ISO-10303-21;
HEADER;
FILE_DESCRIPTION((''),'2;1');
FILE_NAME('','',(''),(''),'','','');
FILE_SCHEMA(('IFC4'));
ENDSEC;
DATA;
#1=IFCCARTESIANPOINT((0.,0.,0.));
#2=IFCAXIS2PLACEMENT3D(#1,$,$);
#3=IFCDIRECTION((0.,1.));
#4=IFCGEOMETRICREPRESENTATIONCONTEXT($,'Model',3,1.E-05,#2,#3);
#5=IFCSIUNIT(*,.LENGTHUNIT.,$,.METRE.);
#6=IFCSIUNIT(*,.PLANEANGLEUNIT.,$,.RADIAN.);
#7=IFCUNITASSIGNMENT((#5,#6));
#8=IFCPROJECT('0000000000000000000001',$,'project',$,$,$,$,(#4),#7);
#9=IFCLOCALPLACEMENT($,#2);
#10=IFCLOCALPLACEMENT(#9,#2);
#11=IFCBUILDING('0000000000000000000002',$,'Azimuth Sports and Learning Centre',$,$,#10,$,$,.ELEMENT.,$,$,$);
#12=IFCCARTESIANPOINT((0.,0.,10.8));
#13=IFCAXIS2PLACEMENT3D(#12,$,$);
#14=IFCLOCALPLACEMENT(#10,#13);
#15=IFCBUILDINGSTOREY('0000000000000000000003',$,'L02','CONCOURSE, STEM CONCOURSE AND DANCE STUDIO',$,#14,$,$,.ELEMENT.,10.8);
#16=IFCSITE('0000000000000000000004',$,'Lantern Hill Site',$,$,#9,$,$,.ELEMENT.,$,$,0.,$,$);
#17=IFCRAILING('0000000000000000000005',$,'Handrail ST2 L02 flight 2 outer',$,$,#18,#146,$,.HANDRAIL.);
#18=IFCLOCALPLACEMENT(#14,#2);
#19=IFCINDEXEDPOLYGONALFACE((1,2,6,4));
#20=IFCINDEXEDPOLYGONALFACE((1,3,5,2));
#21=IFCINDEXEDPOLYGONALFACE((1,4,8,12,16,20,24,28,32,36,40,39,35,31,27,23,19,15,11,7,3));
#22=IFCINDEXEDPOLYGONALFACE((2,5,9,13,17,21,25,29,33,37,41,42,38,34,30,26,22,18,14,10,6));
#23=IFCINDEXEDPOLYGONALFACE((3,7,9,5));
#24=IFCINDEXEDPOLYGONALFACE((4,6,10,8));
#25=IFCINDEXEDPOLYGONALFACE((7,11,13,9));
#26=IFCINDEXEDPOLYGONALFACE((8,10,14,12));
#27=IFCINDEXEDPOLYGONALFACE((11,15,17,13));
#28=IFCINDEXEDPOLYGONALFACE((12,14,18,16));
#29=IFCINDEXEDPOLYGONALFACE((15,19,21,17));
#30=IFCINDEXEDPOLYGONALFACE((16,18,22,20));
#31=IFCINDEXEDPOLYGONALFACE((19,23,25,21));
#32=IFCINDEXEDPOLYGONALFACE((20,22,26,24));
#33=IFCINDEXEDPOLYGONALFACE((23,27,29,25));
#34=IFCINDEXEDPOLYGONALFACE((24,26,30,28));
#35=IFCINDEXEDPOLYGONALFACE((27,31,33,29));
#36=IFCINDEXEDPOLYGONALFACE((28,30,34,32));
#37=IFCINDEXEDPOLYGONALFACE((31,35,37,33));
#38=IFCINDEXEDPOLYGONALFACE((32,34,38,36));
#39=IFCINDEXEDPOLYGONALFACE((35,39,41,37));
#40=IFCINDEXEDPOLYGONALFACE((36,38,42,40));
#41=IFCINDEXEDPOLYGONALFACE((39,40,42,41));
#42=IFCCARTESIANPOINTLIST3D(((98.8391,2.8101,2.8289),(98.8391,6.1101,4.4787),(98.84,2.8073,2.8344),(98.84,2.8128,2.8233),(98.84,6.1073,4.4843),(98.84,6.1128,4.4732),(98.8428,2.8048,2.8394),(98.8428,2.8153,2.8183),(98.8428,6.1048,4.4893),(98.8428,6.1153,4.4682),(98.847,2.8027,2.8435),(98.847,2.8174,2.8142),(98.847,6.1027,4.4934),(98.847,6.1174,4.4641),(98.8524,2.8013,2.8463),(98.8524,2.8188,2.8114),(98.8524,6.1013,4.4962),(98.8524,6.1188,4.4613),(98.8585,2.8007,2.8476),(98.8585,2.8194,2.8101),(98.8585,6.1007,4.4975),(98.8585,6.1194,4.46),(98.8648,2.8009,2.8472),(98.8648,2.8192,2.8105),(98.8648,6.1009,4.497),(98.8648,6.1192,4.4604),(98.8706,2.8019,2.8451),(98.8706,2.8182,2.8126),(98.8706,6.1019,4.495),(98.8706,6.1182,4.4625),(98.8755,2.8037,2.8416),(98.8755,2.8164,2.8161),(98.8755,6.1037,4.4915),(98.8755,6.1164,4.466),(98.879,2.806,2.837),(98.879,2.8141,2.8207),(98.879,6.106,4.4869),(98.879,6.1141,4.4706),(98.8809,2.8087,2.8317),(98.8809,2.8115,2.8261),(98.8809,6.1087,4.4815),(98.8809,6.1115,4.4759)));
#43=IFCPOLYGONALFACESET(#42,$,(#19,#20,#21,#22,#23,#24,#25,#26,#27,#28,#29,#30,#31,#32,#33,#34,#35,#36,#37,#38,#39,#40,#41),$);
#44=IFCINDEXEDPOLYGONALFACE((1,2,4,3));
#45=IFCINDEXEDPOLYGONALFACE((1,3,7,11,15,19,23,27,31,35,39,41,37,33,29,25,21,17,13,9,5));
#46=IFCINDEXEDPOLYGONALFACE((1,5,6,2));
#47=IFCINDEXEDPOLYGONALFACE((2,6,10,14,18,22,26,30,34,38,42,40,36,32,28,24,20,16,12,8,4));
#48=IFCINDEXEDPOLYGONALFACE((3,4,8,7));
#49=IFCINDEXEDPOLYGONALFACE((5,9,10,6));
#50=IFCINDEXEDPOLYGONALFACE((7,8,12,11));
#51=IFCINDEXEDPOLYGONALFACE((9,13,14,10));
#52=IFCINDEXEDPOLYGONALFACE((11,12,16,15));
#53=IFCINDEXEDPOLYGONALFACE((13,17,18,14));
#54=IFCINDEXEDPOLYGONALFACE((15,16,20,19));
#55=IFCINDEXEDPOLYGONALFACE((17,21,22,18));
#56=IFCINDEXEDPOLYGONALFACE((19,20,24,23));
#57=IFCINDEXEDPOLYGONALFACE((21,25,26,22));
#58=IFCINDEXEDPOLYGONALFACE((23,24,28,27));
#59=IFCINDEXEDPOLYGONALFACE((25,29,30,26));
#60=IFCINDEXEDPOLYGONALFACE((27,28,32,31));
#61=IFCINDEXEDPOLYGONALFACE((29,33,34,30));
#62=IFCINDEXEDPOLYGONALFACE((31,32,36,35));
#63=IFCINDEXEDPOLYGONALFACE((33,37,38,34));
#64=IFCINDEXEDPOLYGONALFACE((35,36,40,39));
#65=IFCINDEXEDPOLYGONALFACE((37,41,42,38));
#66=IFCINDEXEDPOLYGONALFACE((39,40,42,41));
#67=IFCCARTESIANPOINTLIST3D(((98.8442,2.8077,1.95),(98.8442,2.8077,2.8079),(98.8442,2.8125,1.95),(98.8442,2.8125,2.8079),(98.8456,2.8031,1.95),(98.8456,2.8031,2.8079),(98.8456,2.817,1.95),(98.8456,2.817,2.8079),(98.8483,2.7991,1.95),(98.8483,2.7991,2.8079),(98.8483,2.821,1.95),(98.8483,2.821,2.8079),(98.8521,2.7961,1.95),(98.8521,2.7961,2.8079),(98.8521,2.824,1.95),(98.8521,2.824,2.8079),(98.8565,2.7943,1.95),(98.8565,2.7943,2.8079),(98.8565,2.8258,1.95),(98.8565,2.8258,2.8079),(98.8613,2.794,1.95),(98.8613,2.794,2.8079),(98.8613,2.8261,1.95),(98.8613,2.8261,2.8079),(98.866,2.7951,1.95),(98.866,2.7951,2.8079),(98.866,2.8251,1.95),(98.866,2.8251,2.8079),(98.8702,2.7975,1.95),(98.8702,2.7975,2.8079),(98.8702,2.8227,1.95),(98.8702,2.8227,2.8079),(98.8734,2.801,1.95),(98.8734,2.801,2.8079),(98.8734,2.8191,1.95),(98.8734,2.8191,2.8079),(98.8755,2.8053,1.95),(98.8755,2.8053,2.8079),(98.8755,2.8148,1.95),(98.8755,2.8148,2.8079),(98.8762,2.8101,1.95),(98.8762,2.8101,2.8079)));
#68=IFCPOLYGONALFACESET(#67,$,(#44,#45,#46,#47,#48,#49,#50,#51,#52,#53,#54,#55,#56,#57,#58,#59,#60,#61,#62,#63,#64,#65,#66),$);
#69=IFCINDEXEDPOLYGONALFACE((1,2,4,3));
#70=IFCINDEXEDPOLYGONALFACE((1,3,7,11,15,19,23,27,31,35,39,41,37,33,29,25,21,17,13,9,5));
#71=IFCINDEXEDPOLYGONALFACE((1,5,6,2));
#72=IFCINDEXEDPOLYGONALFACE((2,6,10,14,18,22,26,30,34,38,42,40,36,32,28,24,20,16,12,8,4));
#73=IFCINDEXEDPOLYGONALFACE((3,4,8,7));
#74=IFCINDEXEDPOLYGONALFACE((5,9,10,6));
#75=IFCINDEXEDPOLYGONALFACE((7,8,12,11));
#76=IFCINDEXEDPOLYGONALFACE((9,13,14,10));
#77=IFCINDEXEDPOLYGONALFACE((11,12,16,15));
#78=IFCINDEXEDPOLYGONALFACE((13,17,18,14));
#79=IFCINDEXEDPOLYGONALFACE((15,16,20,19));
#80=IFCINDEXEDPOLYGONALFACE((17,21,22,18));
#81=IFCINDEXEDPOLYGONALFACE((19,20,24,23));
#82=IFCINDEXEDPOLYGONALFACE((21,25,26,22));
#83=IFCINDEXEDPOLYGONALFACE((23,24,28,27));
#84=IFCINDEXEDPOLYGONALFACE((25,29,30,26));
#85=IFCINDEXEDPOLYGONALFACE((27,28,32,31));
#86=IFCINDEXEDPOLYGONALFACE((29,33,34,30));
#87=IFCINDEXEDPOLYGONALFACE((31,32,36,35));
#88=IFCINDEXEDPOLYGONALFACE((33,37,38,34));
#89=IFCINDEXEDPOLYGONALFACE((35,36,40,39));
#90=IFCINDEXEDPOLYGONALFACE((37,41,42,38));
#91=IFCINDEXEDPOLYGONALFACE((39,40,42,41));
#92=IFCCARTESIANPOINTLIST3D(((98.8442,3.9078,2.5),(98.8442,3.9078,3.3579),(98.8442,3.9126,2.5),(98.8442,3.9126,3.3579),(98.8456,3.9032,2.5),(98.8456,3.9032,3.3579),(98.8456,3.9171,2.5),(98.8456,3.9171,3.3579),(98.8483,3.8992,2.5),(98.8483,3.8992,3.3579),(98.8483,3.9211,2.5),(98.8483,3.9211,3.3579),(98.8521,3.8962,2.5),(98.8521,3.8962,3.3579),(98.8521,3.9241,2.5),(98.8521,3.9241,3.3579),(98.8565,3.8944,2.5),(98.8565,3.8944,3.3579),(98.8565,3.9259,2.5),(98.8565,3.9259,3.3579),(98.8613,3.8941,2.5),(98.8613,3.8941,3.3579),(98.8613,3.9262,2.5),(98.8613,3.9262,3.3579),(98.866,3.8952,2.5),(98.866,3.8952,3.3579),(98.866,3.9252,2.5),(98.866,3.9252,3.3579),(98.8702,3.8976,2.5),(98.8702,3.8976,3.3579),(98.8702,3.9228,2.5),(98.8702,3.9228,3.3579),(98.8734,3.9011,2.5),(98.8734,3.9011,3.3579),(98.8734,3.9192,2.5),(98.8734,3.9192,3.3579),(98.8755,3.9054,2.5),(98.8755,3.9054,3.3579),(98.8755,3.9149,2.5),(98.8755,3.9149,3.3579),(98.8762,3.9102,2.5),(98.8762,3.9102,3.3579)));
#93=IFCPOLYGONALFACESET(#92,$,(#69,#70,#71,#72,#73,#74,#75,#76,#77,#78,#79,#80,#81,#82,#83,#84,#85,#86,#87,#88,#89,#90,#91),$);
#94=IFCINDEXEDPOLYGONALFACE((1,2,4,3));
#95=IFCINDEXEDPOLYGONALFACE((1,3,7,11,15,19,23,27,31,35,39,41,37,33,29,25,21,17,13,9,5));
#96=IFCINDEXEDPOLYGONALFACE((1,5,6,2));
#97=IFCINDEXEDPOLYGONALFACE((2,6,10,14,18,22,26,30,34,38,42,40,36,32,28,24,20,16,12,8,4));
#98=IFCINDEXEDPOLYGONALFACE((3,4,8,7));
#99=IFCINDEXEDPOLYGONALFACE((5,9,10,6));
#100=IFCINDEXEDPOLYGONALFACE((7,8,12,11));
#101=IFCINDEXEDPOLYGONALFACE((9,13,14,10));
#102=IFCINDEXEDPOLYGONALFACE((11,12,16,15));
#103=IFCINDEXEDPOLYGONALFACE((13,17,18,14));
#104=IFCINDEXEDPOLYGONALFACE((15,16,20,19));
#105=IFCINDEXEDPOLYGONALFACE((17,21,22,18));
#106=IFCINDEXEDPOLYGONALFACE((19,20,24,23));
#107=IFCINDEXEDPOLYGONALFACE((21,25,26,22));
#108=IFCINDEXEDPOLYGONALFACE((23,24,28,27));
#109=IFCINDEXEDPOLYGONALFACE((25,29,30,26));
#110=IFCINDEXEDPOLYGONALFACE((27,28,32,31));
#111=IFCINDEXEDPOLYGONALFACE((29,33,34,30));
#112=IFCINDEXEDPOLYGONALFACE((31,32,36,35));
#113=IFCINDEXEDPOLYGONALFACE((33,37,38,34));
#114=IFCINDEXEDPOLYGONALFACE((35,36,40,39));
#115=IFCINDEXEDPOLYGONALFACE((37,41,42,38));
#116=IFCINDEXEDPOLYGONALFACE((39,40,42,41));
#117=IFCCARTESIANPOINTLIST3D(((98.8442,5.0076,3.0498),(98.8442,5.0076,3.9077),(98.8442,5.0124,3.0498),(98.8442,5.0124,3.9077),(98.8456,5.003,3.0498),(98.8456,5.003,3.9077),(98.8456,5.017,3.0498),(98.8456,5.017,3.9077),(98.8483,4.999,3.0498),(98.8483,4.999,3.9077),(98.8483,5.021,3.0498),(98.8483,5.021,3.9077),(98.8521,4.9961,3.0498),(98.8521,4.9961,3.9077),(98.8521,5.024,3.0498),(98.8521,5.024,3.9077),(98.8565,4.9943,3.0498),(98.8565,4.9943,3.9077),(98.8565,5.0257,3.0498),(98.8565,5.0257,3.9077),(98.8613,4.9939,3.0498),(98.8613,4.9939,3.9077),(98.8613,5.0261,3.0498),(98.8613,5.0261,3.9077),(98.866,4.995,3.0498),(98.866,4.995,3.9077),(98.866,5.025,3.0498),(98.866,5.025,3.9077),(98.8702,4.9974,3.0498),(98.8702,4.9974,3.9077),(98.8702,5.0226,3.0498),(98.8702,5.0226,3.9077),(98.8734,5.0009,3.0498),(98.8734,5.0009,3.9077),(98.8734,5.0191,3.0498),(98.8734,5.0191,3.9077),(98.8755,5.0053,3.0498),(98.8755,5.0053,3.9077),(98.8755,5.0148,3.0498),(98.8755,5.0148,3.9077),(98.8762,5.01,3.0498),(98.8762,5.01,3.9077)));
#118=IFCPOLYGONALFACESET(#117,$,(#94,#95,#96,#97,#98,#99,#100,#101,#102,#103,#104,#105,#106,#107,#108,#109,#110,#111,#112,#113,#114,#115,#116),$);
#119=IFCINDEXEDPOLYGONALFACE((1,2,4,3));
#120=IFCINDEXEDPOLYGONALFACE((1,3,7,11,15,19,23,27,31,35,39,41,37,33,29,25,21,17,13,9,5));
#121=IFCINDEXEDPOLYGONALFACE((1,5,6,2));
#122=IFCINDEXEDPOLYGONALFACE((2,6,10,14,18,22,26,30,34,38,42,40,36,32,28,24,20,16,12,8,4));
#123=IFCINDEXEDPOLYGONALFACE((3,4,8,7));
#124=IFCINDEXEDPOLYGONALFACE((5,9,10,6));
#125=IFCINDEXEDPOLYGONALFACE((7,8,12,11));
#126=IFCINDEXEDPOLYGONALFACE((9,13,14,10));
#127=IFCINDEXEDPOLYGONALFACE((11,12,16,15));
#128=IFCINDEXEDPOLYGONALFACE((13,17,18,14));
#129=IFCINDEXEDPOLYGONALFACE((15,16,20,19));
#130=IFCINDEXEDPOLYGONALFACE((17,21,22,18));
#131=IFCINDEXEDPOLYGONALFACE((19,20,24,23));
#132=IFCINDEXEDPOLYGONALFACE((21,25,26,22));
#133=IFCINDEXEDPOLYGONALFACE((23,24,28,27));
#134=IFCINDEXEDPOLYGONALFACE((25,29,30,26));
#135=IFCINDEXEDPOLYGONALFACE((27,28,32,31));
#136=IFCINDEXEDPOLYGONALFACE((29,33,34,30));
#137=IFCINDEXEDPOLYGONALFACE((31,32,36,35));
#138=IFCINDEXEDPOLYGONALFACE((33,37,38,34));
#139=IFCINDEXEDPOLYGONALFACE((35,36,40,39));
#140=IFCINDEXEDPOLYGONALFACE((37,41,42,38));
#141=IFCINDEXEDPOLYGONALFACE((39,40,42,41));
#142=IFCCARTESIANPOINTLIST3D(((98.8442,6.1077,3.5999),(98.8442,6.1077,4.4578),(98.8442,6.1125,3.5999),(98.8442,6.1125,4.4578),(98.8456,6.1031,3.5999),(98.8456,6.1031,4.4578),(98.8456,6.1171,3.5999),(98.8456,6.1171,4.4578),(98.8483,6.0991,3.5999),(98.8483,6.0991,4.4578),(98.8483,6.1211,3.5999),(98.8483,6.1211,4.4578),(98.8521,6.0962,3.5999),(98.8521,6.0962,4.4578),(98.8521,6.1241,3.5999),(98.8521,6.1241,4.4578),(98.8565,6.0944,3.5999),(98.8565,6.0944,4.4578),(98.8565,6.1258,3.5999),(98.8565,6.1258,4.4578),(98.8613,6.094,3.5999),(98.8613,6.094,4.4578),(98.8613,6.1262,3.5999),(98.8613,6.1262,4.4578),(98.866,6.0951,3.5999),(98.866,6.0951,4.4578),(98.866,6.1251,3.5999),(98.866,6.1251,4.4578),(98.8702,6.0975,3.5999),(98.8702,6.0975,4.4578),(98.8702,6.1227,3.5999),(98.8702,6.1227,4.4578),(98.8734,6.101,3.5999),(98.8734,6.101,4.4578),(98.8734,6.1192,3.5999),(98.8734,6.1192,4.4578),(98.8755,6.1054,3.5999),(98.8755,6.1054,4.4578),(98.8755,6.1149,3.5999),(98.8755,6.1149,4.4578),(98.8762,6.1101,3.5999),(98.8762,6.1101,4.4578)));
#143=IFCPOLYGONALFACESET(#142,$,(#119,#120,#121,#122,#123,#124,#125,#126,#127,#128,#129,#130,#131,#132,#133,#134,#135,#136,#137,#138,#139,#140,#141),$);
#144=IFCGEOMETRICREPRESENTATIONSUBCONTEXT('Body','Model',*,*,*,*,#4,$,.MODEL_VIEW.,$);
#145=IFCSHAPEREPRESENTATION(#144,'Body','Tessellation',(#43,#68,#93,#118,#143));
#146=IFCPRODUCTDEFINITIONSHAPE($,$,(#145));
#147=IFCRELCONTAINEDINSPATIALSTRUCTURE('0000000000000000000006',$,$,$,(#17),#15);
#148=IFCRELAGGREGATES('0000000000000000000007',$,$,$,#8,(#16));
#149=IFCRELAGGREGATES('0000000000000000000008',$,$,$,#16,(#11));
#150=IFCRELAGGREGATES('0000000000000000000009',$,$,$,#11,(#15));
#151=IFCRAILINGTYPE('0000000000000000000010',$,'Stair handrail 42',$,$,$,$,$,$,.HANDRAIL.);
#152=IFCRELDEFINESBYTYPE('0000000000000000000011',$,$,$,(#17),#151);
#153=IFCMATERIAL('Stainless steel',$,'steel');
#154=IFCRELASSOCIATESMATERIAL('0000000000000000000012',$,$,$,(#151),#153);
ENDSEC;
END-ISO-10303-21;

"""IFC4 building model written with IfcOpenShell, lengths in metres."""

from ifc_helpers import new_model, si_unit, direction, frame, origin, origin_2d, place, context, subcontext, project, spatial, circle, extrude, material, type_object, element, save


model = new_model("IFC4")

# Units and contexts
model_context = context("Model", 3, precision=1e-05, world=origin(), true_north=direction((0.0, 1.0)))
body_context = subcontext(model_context, "Body", "Model", "MODEL_VIEW")
ifc_project = project(units=[si_unit("LENGTHUNIT", "METRE"), si_unit("PLANEANGLEUNIT", "RADIAN")], contexts=[model_context])

# Site, building, storey
site_placement = place(None, origin())
site = spatial("IfcSite", under=ifc_project, at=site_placement, Name="Lantern Hill Site", CompositionType="ELEMENT", RefElevation=0.0)
building_placement = place(site_placement, origin())
building = spatial("IfcBuilding", under=site, at=building_placement, Name="Azimuth Sports and Learning Centre", CompositionType="ELEMENT")
storey_placement = place(building_placement, frame((0.0, 0.0, 10.8)))
storey = spatial("IfcBuildingStorey", under=building, at=storey_placement, Name="L02", Description="CONCOURSE, STEM CONCOURSE AND DANCE STUDIO", CompositionType="ELEMENT", Elevation=10.8)

# Railing
ifc_material_1 = material(Name="Stainless steel", Category="steel")
railing_type_1 = type_object("IfcRailingType", Name="Stair handrail 42", PredefinedType="HANDRAIL", material=ifc_material_1)
for number, where, name in (
    (1, (98.8601, 2.8101, 1.95), "Handrail ST2 L02 flight 2 outer"),
):
    element("IfcRailing", number, at=place(storey_placement, frame(where)), inside=storey, type_object=railing_type_1, Name=name, PredefinedType="HANDRAIL", context=body_context, shape_type="SweptSolid", body=[
        extrude(circle(Radius=0.021, at=origin_2d()), frame((0.0, 0.0, 0.8789), z_axis=(0.0, 0.89444, 0.447187), x_axis=(-1.0, 0.0, 0.0)), (0.0, 0.0, 1.0), 3.6895),
        extrude(circle(Radius=0.0161, at=origin_2d()), origin(), (0.0, 0.0, 1.0), 0.8579),
        extrude(circle(Radius=0.0161, at=origin_2d()), frame((0.0, 1.1001, 0.55)), (0.0, 0.0, 1.0), 0.8579),
        extrude(circle(Radius=0.0161, at=origin_2d()), frame((0.0, 2.2, 1.0999)), (0.0, 0.0, 1.0), 0.8579),
        extrude(circle(Radius=0.0161, at=origin_2d()), frame((0.0, 3.3, 1.6499)), (0.0, 0.0, 1.0), 0.8579),
    ])

save(model, "model.ifc")
